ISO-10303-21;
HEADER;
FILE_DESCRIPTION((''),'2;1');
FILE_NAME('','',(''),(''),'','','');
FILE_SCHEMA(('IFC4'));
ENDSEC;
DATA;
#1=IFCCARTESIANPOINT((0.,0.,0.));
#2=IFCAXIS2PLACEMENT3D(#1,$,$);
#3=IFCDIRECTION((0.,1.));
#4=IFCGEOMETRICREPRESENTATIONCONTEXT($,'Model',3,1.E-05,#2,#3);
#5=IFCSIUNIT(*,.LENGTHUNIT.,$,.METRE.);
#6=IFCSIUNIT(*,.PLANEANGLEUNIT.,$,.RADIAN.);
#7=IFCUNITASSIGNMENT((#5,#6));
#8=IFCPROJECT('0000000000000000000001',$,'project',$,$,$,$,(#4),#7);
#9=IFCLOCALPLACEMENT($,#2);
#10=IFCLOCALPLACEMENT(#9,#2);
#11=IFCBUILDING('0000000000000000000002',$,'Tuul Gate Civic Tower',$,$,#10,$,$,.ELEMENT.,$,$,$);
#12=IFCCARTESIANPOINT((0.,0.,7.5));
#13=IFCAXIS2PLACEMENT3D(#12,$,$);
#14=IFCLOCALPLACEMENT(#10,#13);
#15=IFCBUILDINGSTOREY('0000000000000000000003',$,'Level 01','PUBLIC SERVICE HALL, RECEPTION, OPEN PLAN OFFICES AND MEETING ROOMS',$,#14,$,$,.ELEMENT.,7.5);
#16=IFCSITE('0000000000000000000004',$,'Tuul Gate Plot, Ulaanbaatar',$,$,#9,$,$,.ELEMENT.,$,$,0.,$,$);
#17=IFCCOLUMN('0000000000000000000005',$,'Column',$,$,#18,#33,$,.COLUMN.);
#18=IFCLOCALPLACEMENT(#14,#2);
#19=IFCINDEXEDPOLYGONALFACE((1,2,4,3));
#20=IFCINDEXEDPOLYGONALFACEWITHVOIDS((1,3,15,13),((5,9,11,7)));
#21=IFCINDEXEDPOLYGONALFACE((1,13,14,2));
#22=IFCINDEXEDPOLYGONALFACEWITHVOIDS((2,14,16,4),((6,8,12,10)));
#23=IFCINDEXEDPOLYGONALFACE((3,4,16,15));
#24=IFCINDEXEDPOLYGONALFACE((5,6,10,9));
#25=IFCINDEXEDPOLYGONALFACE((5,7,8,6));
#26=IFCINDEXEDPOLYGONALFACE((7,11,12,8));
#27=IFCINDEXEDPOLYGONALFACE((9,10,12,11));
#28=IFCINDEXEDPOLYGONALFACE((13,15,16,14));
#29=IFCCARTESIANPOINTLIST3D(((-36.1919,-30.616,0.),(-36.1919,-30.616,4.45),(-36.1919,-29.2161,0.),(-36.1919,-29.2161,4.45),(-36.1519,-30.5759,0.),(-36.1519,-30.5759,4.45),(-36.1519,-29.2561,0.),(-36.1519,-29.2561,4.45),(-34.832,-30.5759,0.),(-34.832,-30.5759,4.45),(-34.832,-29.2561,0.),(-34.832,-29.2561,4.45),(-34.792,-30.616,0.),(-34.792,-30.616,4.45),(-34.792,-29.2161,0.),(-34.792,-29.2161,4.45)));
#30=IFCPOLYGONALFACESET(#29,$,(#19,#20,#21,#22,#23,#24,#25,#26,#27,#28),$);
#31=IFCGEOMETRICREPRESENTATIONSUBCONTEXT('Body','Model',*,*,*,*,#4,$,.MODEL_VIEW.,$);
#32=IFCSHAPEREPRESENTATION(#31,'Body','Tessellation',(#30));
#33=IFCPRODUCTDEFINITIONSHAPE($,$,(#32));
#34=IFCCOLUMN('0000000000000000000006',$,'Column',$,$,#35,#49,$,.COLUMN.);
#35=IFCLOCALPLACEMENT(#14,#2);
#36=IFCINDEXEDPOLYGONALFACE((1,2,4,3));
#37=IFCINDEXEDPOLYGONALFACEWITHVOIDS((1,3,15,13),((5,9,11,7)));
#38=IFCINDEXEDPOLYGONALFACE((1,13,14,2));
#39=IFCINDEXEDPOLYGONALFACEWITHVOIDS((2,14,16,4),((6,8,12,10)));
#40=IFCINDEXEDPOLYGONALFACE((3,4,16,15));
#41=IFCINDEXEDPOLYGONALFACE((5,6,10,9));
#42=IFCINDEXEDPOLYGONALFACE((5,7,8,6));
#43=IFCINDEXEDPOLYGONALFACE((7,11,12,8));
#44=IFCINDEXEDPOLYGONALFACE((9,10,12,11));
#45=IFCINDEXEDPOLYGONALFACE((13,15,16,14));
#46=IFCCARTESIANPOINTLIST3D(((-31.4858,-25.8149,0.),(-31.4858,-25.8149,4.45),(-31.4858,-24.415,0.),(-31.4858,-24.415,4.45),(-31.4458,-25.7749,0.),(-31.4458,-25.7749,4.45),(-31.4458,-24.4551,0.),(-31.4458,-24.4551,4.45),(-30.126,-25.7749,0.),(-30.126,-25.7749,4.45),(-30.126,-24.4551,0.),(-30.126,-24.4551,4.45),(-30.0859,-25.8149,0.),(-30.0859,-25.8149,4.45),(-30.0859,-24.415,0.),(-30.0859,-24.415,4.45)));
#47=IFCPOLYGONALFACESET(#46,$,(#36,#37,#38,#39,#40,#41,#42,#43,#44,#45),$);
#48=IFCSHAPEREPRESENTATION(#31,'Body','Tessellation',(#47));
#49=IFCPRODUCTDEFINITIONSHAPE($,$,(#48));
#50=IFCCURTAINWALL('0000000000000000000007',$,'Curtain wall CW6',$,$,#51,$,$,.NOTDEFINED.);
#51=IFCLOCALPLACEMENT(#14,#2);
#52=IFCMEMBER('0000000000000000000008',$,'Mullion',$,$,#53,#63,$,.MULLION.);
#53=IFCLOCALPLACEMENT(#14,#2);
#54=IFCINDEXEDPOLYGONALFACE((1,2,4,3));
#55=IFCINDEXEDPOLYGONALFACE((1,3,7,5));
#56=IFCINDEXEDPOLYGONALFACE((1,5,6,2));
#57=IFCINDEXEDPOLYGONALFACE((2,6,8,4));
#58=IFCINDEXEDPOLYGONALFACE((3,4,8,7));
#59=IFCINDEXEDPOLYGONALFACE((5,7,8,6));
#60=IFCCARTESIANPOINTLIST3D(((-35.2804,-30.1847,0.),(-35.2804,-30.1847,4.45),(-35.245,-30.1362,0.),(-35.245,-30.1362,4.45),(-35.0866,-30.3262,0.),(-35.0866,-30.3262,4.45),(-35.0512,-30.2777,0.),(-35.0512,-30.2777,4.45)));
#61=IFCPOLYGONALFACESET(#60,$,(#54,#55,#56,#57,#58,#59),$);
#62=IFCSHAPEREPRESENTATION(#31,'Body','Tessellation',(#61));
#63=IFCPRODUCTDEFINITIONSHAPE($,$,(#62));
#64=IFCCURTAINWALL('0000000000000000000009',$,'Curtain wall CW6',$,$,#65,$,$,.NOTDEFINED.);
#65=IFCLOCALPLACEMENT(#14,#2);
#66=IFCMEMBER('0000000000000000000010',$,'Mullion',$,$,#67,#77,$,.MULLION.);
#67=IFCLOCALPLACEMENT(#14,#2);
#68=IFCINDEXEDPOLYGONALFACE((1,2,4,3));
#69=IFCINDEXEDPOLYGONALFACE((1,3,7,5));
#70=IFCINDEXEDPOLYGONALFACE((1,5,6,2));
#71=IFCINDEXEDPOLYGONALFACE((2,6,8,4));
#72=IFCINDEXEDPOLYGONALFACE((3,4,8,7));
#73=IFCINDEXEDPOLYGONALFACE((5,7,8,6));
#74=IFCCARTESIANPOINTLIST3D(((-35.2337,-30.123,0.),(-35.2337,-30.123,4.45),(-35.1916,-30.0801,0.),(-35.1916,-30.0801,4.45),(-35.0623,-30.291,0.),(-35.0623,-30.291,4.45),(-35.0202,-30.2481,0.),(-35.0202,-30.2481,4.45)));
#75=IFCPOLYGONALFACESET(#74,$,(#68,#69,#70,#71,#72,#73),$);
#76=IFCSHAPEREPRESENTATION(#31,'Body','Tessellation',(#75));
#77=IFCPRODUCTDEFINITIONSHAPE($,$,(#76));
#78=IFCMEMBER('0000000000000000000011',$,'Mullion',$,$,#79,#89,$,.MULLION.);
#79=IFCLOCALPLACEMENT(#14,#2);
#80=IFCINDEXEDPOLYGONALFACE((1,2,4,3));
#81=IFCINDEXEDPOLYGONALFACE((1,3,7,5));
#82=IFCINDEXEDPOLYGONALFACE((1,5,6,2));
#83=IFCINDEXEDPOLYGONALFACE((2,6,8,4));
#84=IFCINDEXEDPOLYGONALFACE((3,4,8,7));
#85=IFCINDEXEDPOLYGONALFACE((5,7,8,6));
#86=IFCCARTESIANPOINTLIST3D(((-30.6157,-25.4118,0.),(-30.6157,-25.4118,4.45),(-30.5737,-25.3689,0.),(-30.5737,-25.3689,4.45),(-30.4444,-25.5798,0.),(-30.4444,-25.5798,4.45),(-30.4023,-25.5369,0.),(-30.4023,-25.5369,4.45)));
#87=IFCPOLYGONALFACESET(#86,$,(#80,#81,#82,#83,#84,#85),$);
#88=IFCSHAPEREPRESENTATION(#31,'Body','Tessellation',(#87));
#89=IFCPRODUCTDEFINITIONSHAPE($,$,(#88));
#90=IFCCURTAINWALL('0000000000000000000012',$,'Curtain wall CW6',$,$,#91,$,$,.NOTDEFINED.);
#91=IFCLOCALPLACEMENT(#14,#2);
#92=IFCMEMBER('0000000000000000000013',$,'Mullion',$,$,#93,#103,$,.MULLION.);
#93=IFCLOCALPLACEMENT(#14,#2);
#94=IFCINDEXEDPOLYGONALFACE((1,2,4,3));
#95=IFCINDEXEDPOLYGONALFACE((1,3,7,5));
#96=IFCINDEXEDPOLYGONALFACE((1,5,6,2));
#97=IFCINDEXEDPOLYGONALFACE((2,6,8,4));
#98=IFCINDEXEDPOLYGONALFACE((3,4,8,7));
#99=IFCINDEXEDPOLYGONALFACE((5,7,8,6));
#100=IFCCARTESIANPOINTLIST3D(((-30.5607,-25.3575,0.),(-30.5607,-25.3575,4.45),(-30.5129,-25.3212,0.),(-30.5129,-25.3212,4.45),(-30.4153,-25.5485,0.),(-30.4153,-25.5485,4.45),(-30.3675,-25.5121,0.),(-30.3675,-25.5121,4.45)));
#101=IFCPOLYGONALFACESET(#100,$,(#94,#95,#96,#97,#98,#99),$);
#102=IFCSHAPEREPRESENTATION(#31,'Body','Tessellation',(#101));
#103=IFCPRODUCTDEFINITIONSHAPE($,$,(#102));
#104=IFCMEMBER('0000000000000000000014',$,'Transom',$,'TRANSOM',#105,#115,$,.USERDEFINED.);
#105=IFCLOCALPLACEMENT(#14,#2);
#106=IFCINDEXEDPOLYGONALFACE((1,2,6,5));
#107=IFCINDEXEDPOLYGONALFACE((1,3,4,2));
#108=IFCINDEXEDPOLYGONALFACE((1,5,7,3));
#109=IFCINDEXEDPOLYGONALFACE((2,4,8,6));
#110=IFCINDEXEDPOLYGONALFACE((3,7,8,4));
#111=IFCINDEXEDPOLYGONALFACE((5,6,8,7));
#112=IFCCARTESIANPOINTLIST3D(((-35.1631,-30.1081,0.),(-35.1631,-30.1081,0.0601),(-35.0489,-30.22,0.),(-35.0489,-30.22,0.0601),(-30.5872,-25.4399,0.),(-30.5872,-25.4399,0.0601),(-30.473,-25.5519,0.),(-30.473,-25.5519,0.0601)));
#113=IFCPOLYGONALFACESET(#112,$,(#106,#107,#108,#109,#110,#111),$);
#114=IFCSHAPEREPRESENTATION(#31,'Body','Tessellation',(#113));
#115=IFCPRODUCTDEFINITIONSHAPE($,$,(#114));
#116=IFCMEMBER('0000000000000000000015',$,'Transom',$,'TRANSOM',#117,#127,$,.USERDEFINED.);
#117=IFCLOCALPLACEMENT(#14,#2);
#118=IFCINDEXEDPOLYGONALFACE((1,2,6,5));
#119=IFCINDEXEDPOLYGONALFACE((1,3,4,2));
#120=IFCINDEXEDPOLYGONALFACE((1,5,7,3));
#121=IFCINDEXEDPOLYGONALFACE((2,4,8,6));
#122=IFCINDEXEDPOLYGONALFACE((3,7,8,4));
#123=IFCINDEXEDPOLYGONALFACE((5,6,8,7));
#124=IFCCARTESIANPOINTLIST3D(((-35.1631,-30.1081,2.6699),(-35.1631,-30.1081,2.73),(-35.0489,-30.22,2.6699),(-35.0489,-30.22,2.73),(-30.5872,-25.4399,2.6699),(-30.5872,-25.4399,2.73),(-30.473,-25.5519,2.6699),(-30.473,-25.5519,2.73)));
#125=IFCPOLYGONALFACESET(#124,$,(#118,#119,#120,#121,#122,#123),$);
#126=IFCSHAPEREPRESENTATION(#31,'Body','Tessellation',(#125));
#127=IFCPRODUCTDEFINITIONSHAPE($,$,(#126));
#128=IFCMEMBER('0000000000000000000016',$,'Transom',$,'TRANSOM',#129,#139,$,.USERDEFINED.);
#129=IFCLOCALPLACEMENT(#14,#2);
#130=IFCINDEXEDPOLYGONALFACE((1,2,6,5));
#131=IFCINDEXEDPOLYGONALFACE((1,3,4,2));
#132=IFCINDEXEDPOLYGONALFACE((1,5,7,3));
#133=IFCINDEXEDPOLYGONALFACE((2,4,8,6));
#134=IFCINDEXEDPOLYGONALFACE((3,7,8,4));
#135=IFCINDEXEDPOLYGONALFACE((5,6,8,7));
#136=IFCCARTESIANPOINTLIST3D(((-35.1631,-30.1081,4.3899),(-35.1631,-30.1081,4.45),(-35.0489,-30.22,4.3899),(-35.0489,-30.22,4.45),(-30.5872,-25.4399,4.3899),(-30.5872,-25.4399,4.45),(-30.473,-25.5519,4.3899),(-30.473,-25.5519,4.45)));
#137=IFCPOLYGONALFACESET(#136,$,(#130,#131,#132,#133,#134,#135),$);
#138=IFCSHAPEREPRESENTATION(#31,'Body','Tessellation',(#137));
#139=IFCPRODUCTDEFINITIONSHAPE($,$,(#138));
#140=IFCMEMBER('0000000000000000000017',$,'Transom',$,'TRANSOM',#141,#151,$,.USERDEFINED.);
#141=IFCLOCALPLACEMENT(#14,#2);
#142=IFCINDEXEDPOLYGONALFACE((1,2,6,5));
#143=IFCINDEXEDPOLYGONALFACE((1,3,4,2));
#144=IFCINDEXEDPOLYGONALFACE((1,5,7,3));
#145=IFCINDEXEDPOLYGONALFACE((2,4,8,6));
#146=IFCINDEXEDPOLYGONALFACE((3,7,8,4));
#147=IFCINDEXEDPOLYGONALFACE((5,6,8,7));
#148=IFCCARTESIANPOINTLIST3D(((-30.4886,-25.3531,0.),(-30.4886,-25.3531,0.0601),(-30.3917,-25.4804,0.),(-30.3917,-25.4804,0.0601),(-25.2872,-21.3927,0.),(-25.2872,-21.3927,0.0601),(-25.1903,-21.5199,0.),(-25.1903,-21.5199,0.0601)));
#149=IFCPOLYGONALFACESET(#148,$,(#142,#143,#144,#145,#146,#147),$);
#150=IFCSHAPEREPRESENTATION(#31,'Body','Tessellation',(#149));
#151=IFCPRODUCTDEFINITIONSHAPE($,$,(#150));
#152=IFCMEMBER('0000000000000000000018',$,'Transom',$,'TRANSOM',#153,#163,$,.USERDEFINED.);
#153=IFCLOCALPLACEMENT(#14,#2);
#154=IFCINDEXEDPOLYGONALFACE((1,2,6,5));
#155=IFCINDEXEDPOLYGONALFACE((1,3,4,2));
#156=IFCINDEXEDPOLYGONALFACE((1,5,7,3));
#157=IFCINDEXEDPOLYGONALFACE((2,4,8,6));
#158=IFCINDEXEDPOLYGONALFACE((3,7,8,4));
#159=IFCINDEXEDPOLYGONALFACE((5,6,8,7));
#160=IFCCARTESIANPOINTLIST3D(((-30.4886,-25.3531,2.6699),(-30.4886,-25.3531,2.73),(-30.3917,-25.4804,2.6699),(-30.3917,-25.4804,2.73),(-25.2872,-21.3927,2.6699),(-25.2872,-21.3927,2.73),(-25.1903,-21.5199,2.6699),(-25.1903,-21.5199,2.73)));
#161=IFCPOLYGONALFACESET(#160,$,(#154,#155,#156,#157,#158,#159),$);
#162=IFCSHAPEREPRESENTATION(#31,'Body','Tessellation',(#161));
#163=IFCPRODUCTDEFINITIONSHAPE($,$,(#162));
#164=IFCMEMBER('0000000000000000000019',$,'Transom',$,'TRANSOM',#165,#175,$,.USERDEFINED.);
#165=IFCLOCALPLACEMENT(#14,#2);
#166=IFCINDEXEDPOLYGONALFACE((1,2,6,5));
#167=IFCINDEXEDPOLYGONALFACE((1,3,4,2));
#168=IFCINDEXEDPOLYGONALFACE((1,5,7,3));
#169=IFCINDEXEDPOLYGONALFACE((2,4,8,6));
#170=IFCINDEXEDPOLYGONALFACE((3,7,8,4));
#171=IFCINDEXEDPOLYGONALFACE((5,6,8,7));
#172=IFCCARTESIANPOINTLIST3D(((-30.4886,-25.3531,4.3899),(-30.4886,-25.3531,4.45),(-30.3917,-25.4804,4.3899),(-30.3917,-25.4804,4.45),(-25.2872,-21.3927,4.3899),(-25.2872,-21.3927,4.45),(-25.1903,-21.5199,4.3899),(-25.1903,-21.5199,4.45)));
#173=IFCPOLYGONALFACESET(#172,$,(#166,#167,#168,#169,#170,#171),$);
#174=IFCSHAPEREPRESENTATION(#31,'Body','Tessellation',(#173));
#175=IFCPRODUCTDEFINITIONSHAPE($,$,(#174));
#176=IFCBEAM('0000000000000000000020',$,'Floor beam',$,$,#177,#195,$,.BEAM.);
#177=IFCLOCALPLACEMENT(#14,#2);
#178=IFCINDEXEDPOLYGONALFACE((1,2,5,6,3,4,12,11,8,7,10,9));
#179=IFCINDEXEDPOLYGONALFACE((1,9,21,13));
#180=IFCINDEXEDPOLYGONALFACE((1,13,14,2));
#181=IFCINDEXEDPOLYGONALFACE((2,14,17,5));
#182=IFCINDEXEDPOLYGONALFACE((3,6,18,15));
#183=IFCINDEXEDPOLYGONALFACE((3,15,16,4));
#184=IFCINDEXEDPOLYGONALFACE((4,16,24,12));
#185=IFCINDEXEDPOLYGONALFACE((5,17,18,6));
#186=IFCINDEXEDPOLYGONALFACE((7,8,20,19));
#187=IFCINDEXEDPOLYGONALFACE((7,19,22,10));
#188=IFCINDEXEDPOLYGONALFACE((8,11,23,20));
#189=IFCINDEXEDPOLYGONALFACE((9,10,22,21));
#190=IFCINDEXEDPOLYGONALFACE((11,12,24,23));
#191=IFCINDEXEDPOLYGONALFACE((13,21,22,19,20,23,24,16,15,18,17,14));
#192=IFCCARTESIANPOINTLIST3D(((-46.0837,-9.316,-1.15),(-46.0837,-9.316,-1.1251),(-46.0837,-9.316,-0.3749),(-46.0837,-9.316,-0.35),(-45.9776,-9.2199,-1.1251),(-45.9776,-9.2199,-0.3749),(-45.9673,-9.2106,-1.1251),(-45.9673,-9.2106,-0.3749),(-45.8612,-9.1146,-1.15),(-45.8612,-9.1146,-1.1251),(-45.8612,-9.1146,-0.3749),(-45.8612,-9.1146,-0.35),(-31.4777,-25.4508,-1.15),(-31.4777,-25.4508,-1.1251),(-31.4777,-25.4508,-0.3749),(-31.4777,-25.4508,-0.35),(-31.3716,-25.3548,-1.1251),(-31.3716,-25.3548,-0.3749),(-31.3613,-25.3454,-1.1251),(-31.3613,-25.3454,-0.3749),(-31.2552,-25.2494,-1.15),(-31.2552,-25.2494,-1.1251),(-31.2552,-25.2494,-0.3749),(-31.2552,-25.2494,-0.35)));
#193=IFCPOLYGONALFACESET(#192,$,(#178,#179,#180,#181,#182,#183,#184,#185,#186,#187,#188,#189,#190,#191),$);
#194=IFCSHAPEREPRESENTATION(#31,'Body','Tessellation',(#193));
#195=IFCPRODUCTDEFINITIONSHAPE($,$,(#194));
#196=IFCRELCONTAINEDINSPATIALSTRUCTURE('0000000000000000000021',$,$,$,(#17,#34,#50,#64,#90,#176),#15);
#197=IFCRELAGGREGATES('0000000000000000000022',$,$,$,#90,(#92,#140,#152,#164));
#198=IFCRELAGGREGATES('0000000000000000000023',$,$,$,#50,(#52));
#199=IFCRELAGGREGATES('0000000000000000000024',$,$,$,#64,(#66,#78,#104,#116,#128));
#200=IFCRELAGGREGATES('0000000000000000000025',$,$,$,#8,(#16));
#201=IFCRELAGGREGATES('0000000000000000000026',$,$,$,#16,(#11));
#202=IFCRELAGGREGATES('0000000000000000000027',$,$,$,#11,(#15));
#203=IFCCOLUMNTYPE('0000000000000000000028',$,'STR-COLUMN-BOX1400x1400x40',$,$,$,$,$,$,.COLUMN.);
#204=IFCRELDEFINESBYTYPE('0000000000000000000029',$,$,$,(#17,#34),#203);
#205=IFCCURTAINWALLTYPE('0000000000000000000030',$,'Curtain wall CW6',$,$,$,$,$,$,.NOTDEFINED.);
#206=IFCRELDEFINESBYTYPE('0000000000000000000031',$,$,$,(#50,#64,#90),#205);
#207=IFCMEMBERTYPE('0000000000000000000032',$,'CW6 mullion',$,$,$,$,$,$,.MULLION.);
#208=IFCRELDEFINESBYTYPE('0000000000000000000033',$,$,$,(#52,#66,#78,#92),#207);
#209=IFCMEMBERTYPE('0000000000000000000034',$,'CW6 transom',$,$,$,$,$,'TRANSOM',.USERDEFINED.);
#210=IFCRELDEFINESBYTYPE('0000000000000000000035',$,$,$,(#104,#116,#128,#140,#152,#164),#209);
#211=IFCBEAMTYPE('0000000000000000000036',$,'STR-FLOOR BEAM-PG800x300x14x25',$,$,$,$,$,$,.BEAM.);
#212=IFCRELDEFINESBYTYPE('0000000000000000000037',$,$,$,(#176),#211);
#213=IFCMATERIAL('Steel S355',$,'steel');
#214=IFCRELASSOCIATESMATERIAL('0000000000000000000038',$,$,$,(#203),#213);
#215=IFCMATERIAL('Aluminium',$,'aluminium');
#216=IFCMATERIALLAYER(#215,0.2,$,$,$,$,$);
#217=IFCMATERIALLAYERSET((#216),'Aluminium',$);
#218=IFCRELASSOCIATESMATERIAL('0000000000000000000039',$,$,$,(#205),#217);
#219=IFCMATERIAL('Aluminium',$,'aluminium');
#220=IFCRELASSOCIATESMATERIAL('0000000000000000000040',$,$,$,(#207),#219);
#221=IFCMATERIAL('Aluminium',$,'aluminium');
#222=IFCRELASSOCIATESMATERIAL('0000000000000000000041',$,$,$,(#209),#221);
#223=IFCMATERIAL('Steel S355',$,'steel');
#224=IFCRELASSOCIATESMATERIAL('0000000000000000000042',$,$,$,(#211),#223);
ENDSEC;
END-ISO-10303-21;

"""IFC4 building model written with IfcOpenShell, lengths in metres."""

from ifc_helpers import new_model, si_unit, direction, frame, origin, origin_2d, place, context, subcontext, project, spatial, rectangle, hollow_rectangle, i_section, extrude, material, layer, layer_set, material_profile, profile_set, type_object, element, aggregate, save


model = new_model("IFC4")

# Units and contexts
model_context = context("Model", 3, precision=1e-05, world=origin(), true_north=direction((0.0, 1.0)))
body_context = subcontext(model_context, "Body", "Model", "MODEL_VIEW")
ifc_project = project(units=[si_unit("LENGTHUNIT", "METRE"), si_unit("PLANEANGLEUNIT", "RADIAN")], contexts=[model_context])

# Site, building, storey
site_placement = place(None, origin())
site = spatial("IfcSite", under=ifc_project, at=site_placement, Name="Tuul Gate Plot, Ulaanbaatar", CompositionType="ELEMENT", RefElevation=0.0)
building_placement = place(site_placement, origin())
building = spatial("IfcBuilding", under=site, at=building_placement, Name="Tuul Gate Civic Tower", CompositionType="ELEMENT")
storey_placement = place(building_placement, frame((0.0, 0.0, 7.5)))
storey = spatial("IfcBuildingStorey", under=building, at=storey_placement, Name="Level 01", Description="PUBLIC SERVICE HALL, RECEPTION, OPEN PLAN OFFICES AND MEETING ROOMS", CompositionType="ELEMENT", Elevation=7.5)

# Columns
ifc_material_1 = material(Name="Steel S355", Category="steel")
ifc_material_profile_1 = material_profile(ifc_material_1, hollow_rectangle(XDim=1.3999, YDim=1.3999, WallThickness=0.04, at=origin_2d()), Name="BOX1400x1400x40")
ifc_profile_set_1 = profile_set([ifc_material_profile_1], Name="Steel S355")
column_type = type_object("IfcColumnType", Name="STR-COLUMN-BOX1400x1400x40", PredefinedType="COLUMN", material=ifc_profile_set_1)
for number, where, z_axis, x_axis, name in (
    (1, (-35.4919, -29.916, 0.0), (0.0, 0.0, 1.0), (1.0, 0.0, 0.0), "Column"),
    (2, (-30.7859, -25.115, 0.0), (0.0, 0.0, 1.0), (1.0, 0.0, 0.0), "Column"),
):
    element("IfcColumn", number, at=place(storey_placement, frame(where, z_axis=z_axis, x_axis=x_axis)), inside=storey, type_object=column_type, Name=name, PredefinedType="COLUMN", context=body_context, shape_type="SweptSolid", body=[
        extrude(hollow_rectangle(XDim=1.3999, YDim=1.3999, WallThickness=0.04, at=origin_2d()), origin(), (0.0, 0.0, 1.0), 4.45),
    ])

# Curtain wall, member
ifc_material_2 = material(Name="Aluminium", Category="aluminium")
ifc_layer_1 = layer(ifc_material_2, 0.2)
ifc_layer_set_1 = layer_set([ifc_layer_1], Name="Aluminium")
curtain_wall_type = type_object("IfcCurtainWallType", Name="Curtain wall CW6", PredefinedType="NOTDEFINED", material=ifc_layer_set_1)
curtain_wall_1_placement = place(storey_placement, origin())
curtain_wall_1 = element("IfcCurtainWall", 3, at=curtain_wall_1_placement, inside=storey, type_object=curtain_wall_type, Name="Curtain wall CW6", PredefinedType="NOTDEFINED")
ifc_material_3 = material(Name="Aluminium", Category="aluminium")
ifc_material_profile_2 = material_profile(ifc_material_3, rectangle(XDim=0.24, YDim=0.0601, at=origin_2d()), Name="CW6 mullion")
ifc_profile_set_2 = profile_set([ifc_material_profile_2], Name="Aluminium")
member_type_1 = type_object("IfcMemberType", Name="CW6 mullion", PredefinedType="MULLION", material=ifc_profile_set_2)
member_1_placement = place(storey_placement, frame((-35.1658, -30.2312, 0.0), z_axis=(0.0, 0.0, 1.0), x_axis=(-0.807581, 0.589756, 0.0)))
member_1 = element("IfcMember", 4, at=member_1_placement, type_object=member_type_1, Name="Mullion", PredefinedType="MULLION", context=body_context, shape_type="SweptSolid", body=[
    extrude(rectangle(XDim=0.24, YDim=0.0601, at=origin_2d()), origin(), (0.0, 0.0, 1.0), 4.45),
])

# Curtain wall, members
curtain_wall_2_placement = place(storey_placement, origin())
curtain_wall_2 = element("IfcCurtainWall", 5, at=curtain_wall_2_placement, inside=storey, type_object=curtain_wall_type, Name="Curtain wall CW6", PredefinedType="NOTDEFINED")
member_2_placement = place(storey_placement, frame((-35.127, -30.1855, 0.0), z_axis=(0.0, 0.0, 1.0), x_axis=(-0.714132, 0.700011, 0.0)))
member_2 = element("IfcMember", 6, at=member_2_placement, type_object=member_type_1, Name="Mullion", PredefinedType="MULLION", context=body_context, shape_type="SweptSolid", body=[
    extrude(rectangle(XDim=0.24, YDim=0.0601, at=origin_2d()), origin(), (0.0, 0.0, 1.0), 4.45),
])
member_3_placement = place(storey_placement, frame((-30.509, -25.4744, 0.0), z_axis=(0.0, 0.0, 1.0), x_axis=(-0.714132, 0.700011, 0.0)))
member_3 = element("IfcMember", 7, at=member_3_placement, type_object=member_type_1, Name="Mullion", PredefinedType="MULLION", context=body_context, shape_type="SweptSolid", body=[
    extrude(rectangle(XDim=0.24, YDim=0.0601, at=origin_2d()), origin(), (0.0, 0.0, 1.0), 4.45),
])

# Curtain wall, member
curtain_wall_3_placement = place(storey_placement, origin())
curtain_wall_3 = element("IfcCurtainWall", 8, at=curtain_wall_3_placement, inside=storey, type_object=curtain_wall_type, Name="Curtain wall CW6", PredefinedType="NOTDEFINED")
member_4_placement = place(storey_placement, frame((-30.4641, -25.4348, 0.0), z_axis=(0.0, 0.0, 1.0), x_axis=(-0.605776, 0.795635, 0.0)))
member_4 = element("IfcMember", 9, at=member_4_placement, type_object=member_type_1, Name="Mullion", PredefinedType="MULLION", context=body_context, shape_type="SweptSolid", body=[
    extrude(rectangle(XDim=0.24, YDim=0.0601, at=origin_2d()), origin(), (0.0, 0.0, 1.0), 4.45),
])

# Members
ifc_material_4 = material(Name="Aluminium", Category="aluminium")
ifc_material_profile_3 = material_profile(ifc_material_4, rectangle(XDim=0.1599, YDim=0.0601, at=origin_2d()), Name="CW6 transom")
ifc_profile_set_3 = profile_set([ifc_material_profile_3], Name="Aluminium")
member_type_2 = type_object("IfcMemberType", Name="CW6 transom", ElementType="TRANSOM", PredefinedType="USERDEFINED", material=ifc_profile_set_3)
member_5_placement = place(storey_placement, frame((-35.106, -30.1641, 0.03), z_axis=(0.700013, 0.71413, 0.0), x_axis=(-0.71413, 0.700013, 0.0)))
member_5 = element("IfcMember", 10, at=member_5_placement, type_object=member_type_2, Name="Transom", ObjectType="TRANSOM", PredefinedType="USERDEFINED", context=body_context, shape_type="SweptSolid", body=[
    extrude(rectangle(XDim=0.1599, YDim=0.0601, at=origin_2d()), origin(), (0.0, 0.0, 1.0), 6.5369),
])
member_6_placement = place(storey_placement, frame((-35.106, -30.1641, 2.7), z_axis=(0.700013, 0.71413, 0.0), x_axis=(-0.71413, 0.700013, 0.0)))
member_6 = element("IfcMember", 11, at=member_6_placement, type_object=member_type_2, Name="Transom", ObjectType="TRANSOM", PredefinedType="USERDEFINED", context=body_context, shape_type="SweptSolid", body=[
    extrude(rectangle(XDim=0.1599, YDim=0.0601, at=origin_2d()), origin(), (0.0, 0.0, 1.0), 6.5369),
])
member_7_placement = place(storey_placement, frame((-35.106, -30.1641, 4.4199), z_axis=(0.700013, 0.71413, 0.0), x_axis=(-0.71413, 0.700013, 0.0)))
member_7 = element("IfcMember", 12, at=member_7_placement, type_object=member_type_2, Name="Transom", ObjectType="TRANSOM", PredefinedType="USERDEFINED", context=body_context, shape_type="SweptSolid", body=[
    extrude(rectangle(XDim=0.1599, YDim=0.0601, at=origin_2d()), origin(), (0.0, 0.0, 1.0), 6.5369),
])
member_8_placement = place(storey_placement, frame((-30.4402, -25.4167, 0.03), z_axis=(0.795619, 0.605798, 0.0), x_axis=(-0.605798, 0.795619, 0.0)))
member_8 = element("IfcMember", 13, at=member_8_placement, type_object=member_type_2, Name="Transom", ObjectType="TRANSOM", PredefinedType="USERDEFINED", context=body_context, shape_type="SweptSolid", body=[
    extrude(rectangle(XDim=0.1599, YDim=0.0601, at=origin_2d()), origin(), (0.0, 0.0, 1.0), 6.5376),
])
member_9_placement = place(storey_placement, frame((-30.4402, -25.4167, 2.7), z_axis=(0.795619, 0.605798, 0.0), x_axis=(-0.605798, 0.795619, 0.0)))
member_9 = element("IfcMember", 14, at=member_9_placement, type_object=member_type_2, Name="Transom", ObjectType="TRANSOM", PredefinedType="USERDEFINED", context=body_context, shape_type="SweptSolid", body=[
    extrude(rectangle(XDim=0.1599, YDim=0.0601, at=origin_2d()), origin(), (0.0, 0.0, 1.0), 6.5376),
])
member_10_placement = place(storey_placement, frame((-30.4402, -25.4167, 4.4199), z_axis=(0.795619, 0.605798, 0.0), x_axis=(-0.605798, 0.795619, 0.0)))
member_10 = element("IfcMember", 15, at=member_10_placement, type_object=member_type_2, Name="Transom", ObjectType="TRANSOM", PredefinedType="USERDEFINED", context=body_context, shape_type="SweptSolid", body=[
    extrude(rectangle(XDim=0.1599, YDim=0.0601, at=origin_2d()), origin(), (0.0, 0.0, 1.0), 6.5376),
])
aggregate(curtain_wall_3, [member_4, member_8, member_9, member_10])

# Beam
ifc_material_5 = material(Name="Steel S355", Category="steel")
ifc_material_profile_4 = material_profile(ifc_material_5, i_section(OverallWidth=0.3, OverallDepth=0.8, WebThickness=0.0139, FlangeThickness=0.0249, at=origin_2d()), Name="PG800x300x14x25")
ifc_profile_set_4 = profile_set([ifc_material_profile_4], Name="Steel S355")
beam_type_1 = type_object("IfcBeamType", Name="STR-FLOOR BEAM-PG800x300x14x25", PredefinedType="BEAM", material=ifc_profile_set_4)
beam_1_placement = place(storey_placement, frame((-31.3665, -25.3501, -0.75), z_axis=(-0.671111, 0.741357, 0.0), x_axis=(-0.741357, -0.671111, 0.0)))
element("IfcBeam", 16, at=beam_1_placement, inside=storey, type_object=beam_type_1, Name="Floor beam", PredefinedType="BEAM", context=body_context, shape_type="SweptSolid", body=[
    extrude(i_section(OverallWidth=0.3, OverallDepth=0.8, WebThickness=0.0139, FlangeThickness=0.0249, at=origin_2d()), origin(), (0.0, 0.0, 1.0), 21.7639),
])

aggregate(curtain_wall_1, [member_1])
aggregate(curtain_wall_2, [member_2, member_3, member_5, member_6, member_7])

save(model, "model.ifc")
